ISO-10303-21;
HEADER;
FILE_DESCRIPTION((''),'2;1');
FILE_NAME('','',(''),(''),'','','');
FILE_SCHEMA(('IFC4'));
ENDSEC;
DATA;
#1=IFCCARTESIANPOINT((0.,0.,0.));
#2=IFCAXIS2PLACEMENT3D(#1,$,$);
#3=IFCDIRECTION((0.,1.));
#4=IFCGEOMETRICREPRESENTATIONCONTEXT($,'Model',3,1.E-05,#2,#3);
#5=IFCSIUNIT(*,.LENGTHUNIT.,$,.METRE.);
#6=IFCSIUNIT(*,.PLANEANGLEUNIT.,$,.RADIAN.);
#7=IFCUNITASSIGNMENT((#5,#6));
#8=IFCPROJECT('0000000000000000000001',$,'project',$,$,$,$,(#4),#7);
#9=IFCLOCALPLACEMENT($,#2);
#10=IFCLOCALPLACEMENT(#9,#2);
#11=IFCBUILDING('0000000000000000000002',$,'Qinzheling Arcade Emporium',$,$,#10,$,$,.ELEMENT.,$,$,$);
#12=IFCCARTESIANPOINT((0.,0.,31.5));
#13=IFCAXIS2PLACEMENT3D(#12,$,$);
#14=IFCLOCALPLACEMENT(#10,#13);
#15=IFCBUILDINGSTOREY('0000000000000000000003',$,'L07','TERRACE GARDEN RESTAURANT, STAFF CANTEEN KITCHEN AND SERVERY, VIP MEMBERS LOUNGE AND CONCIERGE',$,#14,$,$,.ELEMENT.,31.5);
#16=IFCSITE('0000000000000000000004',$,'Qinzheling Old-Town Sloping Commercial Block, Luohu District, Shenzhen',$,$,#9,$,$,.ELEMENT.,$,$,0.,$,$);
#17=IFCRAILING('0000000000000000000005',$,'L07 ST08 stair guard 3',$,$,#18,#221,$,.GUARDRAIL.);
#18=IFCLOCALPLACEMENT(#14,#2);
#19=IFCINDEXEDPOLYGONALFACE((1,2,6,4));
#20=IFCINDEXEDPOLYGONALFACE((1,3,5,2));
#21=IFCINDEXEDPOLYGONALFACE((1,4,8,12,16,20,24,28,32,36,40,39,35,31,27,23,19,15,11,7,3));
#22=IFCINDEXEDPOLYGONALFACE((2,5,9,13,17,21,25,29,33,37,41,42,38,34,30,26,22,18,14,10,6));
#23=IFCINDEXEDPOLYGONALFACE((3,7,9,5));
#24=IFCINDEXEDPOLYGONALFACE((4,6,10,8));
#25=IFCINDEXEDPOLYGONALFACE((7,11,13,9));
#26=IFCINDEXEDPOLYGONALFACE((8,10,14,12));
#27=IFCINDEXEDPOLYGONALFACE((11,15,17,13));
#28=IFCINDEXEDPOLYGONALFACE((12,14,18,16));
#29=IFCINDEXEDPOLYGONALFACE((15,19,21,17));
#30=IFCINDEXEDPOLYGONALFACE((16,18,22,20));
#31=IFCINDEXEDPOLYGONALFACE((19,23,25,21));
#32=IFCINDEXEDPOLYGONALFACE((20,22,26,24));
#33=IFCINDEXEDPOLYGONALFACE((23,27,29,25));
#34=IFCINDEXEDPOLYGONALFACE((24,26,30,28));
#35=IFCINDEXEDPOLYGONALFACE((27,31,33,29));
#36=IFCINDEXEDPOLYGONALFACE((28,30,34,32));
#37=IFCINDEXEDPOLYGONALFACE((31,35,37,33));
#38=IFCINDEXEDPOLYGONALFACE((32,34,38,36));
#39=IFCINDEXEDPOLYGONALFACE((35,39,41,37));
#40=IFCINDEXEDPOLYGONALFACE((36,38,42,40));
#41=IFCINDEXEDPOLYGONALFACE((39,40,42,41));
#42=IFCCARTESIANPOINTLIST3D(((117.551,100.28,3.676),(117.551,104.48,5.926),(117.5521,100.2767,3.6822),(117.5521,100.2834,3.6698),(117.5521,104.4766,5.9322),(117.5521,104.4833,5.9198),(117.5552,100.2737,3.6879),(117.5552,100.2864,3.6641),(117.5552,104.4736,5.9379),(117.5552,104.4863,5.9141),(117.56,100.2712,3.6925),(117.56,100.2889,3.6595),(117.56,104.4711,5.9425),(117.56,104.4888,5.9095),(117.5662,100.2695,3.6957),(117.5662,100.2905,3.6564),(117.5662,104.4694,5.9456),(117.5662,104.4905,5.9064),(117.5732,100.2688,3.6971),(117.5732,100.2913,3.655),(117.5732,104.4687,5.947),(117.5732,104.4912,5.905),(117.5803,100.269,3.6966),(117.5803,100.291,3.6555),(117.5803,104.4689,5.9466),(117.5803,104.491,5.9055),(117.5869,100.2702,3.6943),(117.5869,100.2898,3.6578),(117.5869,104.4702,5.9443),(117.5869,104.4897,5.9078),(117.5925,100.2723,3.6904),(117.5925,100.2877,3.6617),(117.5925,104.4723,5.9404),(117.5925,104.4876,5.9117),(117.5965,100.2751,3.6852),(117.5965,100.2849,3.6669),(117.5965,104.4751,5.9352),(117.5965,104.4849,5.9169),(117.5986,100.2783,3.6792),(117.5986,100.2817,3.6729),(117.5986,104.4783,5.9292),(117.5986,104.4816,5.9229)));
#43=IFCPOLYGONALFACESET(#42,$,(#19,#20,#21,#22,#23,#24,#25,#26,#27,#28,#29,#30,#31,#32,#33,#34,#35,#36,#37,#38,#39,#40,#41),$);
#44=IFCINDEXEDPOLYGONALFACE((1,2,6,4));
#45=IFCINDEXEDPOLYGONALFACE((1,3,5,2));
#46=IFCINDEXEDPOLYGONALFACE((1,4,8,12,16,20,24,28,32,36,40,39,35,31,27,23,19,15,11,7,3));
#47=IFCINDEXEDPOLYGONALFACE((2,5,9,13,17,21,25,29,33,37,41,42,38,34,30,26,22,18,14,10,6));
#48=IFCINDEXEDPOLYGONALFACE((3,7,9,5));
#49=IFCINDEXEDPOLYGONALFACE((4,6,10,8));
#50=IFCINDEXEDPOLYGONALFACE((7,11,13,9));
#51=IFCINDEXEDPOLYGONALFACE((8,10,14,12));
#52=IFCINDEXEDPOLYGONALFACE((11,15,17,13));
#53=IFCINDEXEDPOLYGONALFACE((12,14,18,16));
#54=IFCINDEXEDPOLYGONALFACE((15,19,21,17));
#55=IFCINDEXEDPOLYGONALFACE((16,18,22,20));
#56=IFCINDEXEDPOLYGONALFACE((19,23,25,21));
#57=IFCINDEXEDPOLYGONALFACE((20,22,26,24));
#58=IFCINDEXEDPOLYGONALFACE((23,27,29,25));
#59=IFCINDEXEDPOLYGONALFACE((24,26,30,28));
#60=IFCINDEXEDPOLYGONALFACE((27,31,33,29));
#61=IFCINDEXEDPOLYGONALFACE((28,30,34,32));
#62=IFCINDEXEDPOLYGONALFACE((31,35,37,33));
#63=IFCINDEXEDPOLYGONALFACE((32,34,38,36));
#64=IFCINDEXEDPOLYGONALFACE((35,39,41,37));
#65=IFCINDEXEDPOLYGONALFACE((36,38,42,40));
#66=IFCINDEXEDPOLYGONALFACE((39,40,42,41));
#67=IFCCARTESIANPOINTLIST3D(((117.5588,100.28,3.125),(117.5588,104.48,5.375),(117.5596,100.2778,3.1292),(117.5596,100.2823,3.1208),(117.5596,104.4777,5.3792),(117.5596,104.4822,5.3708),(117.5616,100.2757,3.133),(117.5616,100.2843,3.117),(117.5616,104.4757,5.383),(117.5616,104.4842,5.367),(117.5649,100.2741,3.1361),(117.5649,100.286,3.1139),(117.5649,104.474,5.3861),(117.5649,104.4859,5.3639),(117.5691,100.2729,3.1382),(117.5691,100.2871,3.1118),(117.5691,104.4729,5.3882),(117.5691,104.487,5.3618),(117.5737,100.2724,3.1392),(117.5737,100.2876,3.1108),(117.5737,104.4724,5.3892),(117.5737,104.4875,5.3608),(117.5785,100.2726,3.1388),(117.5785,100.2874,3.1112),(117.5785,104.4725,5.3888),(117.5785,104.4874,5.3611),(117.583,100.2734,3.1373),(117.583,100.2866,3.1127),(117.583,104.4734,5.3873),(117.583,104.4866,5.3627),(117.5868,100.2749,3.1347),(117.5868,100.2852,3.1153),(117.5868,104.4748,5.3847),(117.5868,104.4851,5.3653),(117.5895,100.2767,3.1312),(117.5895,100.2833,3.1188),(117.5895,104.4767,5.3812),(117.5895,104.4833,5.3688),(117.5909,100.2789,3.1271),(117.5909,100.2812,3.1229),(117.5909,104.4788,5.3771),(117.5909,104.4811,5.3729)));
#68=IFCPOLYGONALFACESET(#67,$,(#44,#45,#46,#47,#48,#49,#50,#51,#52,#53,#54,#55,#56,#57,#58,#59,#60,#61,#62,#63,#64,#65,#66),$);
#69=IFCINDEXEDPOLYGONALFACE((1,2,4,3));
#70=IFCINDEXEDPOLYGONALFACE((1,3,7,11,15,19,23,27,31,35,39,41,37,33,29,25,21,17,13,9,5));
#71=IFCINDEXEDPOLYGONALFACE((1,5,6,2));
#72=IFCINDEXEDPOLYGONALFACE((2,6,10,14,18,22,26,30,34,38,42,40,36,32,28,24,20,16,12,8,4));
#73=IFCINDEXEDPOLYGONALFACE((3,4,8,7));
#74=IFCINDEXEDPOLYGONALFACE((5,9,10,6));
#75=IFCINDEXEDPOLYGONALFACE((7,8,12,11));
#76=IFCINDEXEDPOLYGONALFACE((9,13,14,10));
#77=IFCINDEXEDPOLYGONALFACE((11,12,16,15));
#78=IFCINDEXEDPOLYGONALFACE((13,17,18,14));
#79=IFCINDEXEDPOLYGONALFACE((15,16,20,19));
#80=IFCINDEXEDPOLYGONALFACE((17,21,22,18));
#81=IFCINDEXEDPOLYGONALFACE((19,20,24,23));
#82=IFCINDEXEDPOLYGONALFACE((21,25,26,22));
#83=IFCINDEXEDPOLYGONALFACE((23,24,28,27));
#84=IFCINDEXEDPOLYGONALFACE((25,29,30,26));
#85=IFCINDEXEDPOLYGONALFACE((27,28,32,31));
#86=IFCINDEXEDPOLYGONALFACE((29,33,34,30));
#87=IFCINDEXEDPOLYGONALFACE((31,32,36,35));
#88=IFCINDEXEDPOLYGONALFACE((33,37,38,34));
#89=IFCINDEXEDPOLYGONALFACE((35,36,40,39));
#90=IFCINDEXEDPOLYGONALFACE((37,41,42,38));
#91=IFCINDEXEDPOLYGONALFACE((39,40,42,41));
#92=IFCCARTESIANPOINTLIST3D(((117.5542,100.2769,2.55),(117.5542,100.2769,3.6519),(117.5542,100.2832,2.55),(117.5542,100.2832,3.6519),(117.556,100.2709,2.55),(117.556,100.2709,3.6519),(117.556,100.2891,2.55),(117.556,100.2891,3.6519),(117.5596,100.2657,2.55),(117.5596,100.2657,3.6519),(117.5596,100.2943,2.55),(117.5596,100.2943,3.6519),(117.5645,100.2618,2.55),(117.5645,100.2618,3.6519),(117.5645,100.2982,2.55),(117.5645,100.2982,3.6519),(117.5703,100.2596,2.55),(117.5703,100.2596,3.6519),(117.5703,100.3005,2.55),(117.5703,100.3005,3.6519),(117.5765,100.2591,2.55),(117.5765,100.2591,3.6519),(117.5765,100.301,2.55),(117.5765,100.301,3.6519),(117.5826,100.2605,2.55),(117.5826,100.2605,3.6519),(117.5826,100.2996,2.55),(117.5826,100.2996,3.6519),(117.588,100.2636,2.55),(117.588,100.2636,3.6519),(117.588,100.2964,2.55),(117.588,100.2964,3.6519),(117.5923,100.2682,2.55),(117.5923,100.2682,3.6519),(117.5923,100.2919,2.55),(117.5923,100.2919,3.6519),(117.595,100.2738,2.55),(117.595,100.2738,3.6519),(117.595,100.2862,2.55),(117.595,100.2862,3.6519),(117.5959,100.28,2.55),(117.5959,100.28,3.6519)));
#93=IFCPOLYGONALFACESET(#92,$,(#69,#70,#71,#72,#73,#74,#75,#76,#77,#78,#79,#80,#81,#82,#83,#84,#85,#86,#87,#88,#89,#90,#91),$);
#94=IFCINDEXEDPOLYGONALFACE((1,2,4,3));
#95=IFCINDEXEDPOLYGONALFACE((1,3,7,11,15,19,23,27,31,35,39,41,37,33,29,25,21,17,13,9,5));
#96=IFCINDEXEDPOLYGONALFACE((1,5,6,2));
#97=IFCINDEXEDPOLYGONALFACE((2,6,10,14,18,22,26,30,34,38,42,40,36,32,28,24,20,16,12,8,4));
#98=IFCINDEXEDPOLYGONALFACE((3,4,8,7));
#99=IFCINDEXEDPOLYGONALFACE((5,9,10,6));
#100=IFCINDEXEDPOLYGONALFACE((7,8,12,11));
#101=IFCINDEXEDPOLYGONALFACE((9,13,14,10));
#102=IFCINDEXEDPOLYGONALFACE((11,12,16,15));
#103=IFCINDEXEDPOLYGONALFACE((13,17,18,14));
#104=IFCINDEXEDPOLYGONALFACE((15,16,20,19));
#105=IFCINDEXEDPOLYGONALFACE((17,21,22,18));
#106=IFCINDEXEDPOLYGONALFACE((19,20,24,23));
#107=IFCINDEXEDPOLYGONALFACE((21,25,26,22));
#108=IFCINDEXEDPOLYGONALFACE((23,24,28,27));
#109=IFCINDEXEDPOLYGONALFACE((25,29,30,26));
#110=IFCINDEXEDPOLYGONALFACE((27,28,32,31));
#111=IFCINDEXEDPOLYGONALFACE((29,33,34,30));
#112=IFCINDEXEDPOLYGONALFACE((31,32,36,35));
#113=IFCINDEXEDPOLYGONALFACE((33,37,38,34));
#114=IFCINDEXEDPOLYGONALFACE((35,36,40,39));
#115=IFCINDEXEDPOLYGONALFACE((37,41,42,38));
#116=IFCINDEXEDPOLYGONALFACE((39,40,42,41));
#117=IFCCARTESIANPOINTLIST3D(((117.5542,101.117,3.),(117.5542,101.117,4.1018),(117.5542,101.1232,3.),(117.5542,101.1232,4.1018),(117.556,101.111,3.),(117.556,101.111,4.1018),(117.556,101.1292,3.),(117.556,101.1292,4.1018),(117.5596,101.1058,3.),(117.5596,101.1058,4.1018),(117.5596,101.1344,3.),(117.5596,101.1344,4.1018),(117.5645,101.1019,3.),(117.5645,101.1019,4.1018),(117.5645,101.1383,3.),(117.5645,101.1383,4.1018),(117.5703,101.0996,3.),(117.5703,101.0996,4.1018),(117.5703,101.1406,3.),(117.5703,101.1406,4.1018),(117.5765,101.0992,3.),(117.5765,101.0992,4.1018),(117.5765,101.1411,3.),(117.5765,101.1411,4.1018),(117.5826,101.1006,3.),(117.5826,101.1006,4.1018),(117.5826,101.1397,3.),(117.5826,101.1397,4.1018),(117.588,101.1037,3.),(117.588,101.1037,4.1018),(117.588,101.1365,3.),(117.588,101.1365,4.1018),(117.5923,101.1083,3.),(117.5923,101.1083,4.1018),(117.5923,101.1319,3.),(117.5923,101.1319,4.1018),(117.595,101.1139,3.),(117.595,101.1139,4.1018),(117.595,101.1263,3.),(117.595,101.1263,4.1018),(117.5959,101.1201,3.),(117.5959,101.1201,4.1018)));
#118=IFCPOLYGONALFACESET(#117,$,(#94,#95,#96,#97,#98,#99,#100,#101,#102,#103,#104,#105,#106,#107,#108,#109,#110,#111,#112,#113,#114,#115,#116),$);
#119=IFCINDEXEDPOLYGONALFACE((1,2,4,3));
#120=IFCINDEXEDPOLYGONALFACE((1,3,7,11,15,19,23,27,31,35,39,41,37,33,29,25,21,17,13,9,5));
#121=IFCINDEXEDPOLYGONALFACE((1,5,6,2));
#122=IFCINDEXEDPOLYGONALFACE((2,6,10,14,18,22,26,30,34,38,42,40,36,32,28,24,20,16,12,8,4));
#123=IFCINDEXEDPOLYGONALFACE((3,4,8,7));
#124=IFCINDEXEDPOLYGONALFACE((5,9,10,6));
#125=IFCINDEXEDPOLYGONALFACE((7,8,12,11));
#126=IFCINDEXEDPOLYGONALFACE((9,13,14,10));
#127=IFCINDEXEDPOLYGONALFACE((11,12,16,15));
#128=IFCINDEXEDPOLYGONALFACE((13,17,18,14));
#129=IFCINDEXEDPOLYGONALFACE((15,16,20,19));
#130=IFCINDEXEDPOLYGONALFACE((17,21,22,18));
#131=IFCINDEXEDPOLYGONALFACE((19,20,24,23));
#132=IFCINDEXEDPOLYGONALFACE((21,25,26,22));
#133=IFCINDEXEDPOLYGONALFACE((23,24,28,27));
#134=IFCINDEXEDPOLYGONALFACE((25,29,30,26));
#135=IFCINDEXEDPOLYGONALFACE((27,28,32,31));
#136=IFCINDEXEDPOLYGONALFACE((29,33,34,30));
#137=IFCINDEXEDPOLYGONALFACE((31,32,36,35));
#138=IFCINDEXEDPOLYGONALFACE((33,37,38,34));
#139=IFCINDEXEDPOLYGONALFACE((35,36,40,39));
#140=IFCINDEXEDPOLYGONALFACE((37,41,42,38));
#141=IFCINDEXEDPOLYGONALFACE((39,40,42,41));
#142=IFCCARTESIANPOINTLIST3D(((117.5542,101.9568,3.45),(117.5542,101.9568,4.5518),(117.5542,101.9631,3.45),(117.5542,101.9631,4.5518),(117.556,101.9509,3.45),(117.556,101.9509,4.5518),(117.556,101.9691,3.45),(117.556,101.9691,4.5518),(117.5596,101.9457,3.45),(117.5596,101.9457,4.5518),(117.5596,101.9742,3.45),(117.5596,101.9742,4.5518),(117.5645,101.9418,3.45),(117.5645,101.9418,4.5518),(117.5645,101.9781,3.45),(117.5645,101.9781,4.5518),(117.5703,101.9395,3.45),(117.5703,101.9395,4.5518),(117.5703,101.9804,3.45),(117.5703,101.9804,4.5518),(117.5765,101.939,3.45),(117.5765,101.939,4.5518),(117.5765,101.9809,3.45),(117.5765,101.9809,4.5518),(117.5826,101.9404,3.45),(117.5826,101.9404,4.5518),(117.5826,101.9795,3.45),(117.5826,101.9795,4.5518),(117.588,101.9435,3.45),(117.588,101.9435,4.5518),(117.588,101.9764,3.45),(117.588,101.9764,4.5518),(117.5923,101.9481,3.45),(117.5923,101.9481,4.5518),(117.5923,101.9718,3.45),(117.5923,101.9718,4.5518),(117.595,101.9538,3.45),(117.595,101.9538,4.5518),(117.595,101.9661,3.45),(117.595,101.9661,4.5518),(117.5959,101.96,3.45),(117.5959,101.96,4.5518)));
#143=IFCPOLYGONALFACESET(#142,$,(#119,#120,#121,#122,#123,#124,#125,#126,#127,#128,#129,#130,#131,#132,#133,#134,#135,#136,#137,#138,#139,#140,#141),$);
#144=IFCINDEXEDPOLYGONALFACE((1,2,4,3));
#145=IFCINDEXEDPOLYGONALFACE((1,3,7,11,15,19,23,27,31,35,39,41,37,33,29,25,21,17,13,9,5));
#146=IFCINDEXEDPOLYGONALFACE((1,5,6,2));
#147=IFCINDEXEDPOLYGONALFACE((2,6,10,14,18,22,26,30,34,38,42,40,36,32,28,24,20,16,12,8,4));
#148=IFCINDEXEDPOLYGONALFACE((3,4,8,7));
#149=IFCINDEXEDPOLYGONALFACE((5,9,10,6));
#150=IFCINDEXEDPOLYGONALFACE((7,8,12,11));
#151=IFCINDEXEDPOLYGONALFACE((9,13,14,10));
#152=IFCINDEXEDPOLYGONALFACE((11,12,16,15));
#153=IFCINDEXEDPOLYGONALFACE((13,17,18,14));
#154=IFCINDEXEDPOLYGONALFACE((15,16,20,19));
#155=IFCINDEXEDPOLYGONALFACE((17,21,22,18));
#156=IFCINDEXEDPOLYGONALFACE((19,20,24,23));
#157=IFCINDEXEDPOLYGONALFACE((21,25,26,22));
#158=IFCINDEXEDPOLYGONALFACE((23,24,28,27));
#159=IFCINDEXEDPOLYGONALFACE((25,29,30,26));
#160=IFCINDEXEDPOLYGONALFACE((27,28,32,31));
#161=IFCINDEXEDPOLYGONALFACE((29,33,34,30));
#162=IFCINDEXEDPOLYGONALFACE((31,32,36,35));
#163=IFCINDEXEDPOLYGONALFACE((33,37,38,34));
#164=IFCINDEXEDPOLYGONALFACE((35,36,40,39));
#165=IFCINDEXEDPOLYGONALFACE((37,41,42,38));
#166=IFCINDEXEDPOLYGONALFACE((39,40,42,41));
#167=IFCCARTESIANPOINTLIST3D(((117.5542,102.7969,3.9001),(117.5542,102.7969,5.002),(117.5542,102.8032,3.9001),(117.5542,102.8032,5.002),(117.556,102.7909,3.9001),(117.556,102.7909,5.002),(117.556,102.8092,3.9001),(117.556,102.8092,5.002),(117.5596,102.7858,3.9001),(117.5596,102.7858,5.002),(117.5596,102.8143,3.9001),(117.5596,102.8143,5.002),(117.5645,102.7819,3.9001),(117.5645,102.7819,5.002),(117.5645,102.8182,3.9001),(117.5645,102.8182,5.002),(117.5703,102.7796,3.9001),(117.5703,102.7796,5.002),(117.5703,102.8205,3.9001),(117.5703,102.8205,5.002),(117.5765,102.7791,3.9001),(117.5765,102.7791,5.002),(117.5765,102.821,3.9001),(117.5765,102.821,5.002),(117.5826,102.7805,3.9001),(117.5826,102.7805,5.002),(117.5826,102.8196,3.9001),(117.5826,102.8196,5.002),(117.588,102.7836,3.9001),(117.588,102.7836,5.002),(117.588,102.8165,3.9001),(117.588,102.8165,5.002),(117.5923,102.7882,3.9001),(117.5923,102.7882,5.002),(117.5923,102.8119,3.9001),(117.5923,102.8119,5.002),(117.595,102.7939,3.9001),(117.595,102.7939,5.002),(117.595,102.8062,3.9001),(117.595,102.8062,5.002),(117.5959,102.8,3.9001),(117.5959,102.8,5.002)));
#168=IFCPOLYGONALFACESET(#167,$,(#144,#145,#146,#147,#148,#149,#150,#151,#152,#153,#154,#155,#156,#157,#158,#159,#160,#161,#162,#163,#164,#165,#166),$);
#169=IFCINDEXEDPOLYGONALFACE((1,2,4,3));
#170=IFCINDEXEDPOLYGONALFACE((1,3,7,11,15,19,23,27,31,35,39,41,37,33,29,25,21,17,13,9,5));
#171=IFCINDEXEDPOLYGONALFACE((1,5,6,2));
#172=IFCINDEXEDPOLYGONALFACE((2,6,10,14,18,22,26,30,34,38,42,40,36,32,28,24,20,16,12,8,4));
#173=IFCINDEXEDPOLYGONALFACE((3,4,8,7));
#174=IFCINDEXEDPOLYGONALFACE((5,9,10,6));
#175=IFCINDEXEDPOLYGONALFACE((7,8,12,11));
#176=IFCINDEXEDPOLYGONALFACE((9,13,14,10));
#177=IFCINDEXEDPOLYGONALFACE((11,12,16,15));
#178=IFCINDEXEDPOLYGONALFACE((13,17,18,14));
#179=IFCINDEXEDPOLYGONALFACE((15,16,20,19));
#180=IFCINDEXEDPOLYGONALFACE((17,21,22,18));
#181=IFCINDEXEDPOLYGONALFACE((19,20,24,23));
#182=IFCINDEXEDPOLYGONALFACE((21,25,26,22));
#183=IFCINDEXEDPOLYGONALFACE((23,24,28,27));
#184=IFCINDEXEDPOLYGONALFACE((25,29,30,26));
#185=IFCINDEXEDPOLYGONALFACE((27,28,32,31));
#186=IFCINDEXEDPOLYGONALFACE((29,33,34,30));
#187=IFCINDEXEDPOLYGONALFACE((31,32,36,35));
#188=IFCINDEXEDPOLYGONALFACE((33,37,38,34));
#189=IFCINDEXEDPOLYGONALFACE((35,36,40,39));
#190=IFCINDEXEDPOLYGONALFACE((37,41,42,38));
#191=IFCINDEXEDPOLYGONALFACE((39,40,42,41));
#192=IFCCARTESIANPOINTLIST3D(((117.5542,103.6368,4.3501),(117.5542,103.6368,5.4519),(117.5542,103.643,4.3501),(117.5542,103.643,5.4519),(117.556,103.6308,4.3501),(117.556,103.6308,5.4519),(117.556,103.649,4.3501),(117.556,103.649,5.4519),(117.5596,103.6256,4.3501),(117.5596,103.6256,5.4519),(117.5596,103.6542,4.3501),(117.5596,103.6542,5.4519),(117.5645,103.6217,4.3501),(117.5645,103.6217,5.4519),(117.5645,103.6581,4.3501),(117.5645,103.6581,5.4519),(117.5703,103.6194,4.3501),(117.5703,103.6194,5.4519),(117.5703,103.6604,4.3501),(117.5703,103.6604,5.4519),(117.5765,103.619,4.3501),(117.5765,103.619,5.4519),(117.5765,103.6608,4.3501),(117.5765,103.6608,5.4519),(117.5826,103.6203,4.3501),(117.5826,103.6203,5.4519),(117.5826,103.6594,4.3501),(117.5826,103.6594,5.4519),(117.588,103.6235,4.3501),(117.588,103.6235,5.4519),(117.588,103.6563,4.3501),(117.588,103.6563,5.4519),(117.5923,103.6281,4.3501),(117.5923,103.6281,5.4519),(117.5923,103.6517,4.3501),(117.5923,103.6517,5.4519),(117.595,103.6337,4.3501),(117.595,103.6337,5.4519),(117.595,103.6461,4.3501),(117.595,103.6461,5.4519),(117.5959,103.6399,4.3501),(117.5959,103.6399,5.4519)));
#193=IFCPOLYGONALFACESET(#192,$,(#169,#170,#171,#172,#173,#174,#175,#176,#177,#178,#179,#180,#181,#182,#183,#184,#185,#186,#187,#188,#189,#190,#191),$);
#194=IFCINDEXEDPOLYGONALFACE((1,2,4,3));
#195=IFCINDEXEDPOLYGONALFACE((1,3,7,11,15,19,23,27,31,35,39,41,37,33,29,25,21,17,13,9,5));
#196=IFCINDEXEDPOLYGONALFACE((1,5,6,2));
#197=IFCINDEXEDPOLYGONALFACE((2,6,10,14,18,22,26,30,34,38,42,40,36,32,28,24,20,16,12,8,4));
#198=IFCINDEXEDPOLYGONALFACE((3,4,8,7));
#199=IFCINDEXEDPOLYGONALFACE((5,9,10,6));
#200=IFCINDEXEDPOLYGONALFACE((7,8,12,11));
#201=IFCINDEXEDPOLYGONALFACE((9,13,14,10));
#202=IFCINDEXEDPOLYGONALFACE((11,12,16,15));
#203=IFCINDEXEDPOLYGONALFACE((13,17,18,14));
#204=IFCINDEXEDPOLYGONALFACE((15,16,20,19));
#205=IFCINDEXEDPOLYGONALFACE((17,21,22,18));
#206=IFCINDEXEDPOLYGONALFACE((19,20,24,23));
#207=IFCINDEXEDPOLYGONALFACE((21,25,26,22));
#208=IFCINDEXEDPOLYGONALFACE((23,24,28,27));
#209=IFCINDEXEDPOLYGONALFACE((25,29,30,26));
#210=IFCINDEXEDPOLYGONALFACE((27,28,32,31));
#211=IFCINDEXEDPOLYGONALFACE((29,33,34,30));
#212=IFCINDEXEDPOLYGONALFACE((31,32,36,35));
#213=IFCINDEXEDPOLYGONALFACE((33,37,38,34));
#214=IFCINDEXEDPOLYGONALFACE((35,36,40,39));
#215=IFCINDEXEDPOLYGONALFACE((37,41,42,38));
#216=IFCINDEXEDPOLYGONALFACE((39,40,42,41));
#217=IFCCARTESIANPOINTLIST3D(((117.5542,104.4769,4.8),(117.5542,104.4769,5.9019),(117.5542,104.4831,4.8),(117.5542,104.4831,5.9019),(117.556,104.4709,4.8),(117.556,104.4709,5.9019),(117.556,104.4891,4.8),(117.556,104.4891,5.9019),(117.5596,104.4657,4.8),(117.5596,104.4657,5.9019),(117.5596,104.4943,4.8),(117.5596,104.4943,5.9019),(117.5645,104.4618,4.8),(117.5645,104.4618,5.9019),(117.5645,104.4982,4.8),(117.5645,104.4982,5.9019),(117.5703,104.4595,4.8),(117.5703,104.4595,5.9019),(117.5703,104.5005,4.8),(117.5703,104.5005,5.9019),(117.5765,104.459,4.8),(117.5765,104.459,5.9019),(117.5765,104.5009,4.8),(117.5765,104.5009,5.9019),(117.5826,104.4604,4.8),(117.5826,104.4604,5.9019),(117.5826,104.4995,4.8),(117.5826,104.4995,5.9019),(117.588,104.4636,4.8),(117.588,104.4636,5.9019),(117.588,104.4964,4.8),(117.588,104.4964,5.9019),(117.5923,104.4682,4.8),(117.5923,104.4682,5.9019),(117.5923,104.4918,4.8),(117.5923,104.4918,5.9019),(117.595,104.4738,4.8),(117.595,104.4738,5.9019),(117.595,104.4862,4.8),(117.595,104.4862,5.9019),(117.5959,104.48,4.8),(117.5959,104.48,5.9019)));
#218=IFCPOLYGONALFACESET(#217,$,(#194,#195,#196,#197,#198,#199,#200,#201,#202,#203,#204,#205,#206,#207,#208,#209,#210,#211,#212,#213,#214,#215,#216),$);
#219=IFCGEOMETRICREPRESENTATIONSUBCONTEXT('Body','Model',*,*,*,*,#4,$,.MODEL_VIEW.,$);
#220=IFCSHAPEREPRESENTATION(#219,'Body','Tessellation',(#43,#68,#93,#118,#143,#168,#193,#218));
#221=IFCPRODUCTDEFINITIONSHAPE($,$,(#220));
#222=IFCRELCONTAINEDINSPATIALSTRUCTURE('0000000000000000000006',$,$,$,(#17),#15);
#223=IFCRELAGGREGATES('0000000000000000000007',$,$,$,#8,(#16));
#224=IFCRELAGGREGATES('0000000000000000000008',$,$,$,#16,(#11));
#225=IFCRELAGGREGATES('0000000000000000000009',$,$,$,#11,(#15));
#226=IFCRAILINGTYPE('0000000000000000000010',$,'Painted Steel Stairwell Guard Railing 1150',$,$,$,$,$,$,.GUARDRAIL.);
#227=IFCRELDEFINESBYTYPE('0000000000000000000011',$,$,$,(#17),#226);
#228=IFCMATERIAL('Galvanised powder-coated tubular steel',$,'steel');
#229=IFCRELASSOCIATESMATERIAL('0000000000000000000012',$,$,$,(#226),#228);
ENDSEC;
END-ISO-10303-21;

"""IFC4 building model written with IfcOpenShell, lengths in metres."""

from ifc_helpers import new_model, si_unit, direction, frame, origin, origin_2d, place, context, subcontext, project, spatial, circle, extrude, material, type_object, element, save


model = new_model("IFC4")

# Units and contexts
model_context = context("Model", 3, precision=1e-05, world=origin(), true_north=direction((0.0, 1.0)))
body_context = subcontext(model_context, "Body", "Model", "MODEL_VIEW")
ifc_project = project(units=[si_unit("LENGTHUNIT", "METRE"), si_unit("PLANEANGLEUNIT", "RADIAN")], contexts=[model_context])

# Site, building, storey
site_placement = place(None, origin())
site = spatial("IfcSite", under=ifc_project, at=site_placement, Name="Qinzheling Old-Town Sloping Commercial Block, Luohu District, Shenzhen", CompositionType="ELEMENT", RefElevation=0.0)
building_placement = place(site_placement, origin())
building = spatial("IfcBuilding", under=site, at=building_placement, Name="Qinzheling Arcade Emporium", CompositionType="ELEMENT")
storey_placement = place(building_placement, frame((0.0, 0.0, 31.5)))
storey = spatial("IfcBuildingStorey", under=building, at=storey_placement, Name="L07", Description="TERRACE GARDEN RESTAURANT, STAFF CANTEEN KITCHEN AND SERVERY, VIP MEMBERS LOUNGE AND CONCIERGE", CompositionType="ELEMENT", Elevation=31.5)

# Railing
ifc_material_1 = material(Name="Galvanised powder-coated tubular steel", Category="steel")
railing_type_1 = type_object("IfcRailingType", Name="Painted Steel Stairwell Guard Railing 1150", PredefinedType="GUARDRAIL", material=ifc_material_1)
railing_1_placement = place(storey_placement, frame((117.575, 100.28, 2.55)))
element("IfcRailing", 1, at=railing_1_placement, inside=storey, type_object=railing_type_1, Name="L07 ST08 stair guard 3", PredefinedType="GUARDRAIL", context=body_context, shape_type="SweptSolid", body=[
    extrude(circle(Radius=0.0239, at=origin_2d()), frame((0.0, 0.0, 1.126), z_axis=(0.0, 0.881478, 0.472226), x_axis=(-1.0, 0.0, 0.0)), (0.0, 0.0, 1.0), 4.7646),
    extrude(circle(Radius=0.0161, at=origin_2d()), frame((0.0, 0.0, 0.575), z_axis=(0.0, 0.881478, 0.472226), x_axis=(-1.0, 0.0, 0.0)), (0.0, 0.0, 1.0), 4.7646),
    extrude(circle(Radius=0.021, at=origin_2d()), origin(), (0.0, 0.0, 1.0), 1.1018),
    extrude(circle(Radius=0.021, at=origin_2d()), frame((0.0, 0.8401, 0.45)), (0.0, 0.0, 1.0), 1.1018),
    extrude(circle(Radius=0.021, at=origin_2d()), frame((0.0, 1.6799, 0.8999)), (0.0, 0.0, 1.0), 1.1018),
    extrude(circle(Radius=0.021, at=origin_2d()), frame((0.0, 2.52, 1.3501)), (0.0, 0.0, 1.0), 1.1018),
    extrude(circle(Radius=0.021, at=origin_2d()), frame((0.0, 3.3599, 1.8)), (0.0, 0.0, 1.0), 1.1018),
    extrude(circle(Radius=0.021, at=origin_2d()), frame((0.0, 4.2, 2.25)), (0.0, 0.0, 1.0), 1.1018),
])

save(model, "model.ifc")
